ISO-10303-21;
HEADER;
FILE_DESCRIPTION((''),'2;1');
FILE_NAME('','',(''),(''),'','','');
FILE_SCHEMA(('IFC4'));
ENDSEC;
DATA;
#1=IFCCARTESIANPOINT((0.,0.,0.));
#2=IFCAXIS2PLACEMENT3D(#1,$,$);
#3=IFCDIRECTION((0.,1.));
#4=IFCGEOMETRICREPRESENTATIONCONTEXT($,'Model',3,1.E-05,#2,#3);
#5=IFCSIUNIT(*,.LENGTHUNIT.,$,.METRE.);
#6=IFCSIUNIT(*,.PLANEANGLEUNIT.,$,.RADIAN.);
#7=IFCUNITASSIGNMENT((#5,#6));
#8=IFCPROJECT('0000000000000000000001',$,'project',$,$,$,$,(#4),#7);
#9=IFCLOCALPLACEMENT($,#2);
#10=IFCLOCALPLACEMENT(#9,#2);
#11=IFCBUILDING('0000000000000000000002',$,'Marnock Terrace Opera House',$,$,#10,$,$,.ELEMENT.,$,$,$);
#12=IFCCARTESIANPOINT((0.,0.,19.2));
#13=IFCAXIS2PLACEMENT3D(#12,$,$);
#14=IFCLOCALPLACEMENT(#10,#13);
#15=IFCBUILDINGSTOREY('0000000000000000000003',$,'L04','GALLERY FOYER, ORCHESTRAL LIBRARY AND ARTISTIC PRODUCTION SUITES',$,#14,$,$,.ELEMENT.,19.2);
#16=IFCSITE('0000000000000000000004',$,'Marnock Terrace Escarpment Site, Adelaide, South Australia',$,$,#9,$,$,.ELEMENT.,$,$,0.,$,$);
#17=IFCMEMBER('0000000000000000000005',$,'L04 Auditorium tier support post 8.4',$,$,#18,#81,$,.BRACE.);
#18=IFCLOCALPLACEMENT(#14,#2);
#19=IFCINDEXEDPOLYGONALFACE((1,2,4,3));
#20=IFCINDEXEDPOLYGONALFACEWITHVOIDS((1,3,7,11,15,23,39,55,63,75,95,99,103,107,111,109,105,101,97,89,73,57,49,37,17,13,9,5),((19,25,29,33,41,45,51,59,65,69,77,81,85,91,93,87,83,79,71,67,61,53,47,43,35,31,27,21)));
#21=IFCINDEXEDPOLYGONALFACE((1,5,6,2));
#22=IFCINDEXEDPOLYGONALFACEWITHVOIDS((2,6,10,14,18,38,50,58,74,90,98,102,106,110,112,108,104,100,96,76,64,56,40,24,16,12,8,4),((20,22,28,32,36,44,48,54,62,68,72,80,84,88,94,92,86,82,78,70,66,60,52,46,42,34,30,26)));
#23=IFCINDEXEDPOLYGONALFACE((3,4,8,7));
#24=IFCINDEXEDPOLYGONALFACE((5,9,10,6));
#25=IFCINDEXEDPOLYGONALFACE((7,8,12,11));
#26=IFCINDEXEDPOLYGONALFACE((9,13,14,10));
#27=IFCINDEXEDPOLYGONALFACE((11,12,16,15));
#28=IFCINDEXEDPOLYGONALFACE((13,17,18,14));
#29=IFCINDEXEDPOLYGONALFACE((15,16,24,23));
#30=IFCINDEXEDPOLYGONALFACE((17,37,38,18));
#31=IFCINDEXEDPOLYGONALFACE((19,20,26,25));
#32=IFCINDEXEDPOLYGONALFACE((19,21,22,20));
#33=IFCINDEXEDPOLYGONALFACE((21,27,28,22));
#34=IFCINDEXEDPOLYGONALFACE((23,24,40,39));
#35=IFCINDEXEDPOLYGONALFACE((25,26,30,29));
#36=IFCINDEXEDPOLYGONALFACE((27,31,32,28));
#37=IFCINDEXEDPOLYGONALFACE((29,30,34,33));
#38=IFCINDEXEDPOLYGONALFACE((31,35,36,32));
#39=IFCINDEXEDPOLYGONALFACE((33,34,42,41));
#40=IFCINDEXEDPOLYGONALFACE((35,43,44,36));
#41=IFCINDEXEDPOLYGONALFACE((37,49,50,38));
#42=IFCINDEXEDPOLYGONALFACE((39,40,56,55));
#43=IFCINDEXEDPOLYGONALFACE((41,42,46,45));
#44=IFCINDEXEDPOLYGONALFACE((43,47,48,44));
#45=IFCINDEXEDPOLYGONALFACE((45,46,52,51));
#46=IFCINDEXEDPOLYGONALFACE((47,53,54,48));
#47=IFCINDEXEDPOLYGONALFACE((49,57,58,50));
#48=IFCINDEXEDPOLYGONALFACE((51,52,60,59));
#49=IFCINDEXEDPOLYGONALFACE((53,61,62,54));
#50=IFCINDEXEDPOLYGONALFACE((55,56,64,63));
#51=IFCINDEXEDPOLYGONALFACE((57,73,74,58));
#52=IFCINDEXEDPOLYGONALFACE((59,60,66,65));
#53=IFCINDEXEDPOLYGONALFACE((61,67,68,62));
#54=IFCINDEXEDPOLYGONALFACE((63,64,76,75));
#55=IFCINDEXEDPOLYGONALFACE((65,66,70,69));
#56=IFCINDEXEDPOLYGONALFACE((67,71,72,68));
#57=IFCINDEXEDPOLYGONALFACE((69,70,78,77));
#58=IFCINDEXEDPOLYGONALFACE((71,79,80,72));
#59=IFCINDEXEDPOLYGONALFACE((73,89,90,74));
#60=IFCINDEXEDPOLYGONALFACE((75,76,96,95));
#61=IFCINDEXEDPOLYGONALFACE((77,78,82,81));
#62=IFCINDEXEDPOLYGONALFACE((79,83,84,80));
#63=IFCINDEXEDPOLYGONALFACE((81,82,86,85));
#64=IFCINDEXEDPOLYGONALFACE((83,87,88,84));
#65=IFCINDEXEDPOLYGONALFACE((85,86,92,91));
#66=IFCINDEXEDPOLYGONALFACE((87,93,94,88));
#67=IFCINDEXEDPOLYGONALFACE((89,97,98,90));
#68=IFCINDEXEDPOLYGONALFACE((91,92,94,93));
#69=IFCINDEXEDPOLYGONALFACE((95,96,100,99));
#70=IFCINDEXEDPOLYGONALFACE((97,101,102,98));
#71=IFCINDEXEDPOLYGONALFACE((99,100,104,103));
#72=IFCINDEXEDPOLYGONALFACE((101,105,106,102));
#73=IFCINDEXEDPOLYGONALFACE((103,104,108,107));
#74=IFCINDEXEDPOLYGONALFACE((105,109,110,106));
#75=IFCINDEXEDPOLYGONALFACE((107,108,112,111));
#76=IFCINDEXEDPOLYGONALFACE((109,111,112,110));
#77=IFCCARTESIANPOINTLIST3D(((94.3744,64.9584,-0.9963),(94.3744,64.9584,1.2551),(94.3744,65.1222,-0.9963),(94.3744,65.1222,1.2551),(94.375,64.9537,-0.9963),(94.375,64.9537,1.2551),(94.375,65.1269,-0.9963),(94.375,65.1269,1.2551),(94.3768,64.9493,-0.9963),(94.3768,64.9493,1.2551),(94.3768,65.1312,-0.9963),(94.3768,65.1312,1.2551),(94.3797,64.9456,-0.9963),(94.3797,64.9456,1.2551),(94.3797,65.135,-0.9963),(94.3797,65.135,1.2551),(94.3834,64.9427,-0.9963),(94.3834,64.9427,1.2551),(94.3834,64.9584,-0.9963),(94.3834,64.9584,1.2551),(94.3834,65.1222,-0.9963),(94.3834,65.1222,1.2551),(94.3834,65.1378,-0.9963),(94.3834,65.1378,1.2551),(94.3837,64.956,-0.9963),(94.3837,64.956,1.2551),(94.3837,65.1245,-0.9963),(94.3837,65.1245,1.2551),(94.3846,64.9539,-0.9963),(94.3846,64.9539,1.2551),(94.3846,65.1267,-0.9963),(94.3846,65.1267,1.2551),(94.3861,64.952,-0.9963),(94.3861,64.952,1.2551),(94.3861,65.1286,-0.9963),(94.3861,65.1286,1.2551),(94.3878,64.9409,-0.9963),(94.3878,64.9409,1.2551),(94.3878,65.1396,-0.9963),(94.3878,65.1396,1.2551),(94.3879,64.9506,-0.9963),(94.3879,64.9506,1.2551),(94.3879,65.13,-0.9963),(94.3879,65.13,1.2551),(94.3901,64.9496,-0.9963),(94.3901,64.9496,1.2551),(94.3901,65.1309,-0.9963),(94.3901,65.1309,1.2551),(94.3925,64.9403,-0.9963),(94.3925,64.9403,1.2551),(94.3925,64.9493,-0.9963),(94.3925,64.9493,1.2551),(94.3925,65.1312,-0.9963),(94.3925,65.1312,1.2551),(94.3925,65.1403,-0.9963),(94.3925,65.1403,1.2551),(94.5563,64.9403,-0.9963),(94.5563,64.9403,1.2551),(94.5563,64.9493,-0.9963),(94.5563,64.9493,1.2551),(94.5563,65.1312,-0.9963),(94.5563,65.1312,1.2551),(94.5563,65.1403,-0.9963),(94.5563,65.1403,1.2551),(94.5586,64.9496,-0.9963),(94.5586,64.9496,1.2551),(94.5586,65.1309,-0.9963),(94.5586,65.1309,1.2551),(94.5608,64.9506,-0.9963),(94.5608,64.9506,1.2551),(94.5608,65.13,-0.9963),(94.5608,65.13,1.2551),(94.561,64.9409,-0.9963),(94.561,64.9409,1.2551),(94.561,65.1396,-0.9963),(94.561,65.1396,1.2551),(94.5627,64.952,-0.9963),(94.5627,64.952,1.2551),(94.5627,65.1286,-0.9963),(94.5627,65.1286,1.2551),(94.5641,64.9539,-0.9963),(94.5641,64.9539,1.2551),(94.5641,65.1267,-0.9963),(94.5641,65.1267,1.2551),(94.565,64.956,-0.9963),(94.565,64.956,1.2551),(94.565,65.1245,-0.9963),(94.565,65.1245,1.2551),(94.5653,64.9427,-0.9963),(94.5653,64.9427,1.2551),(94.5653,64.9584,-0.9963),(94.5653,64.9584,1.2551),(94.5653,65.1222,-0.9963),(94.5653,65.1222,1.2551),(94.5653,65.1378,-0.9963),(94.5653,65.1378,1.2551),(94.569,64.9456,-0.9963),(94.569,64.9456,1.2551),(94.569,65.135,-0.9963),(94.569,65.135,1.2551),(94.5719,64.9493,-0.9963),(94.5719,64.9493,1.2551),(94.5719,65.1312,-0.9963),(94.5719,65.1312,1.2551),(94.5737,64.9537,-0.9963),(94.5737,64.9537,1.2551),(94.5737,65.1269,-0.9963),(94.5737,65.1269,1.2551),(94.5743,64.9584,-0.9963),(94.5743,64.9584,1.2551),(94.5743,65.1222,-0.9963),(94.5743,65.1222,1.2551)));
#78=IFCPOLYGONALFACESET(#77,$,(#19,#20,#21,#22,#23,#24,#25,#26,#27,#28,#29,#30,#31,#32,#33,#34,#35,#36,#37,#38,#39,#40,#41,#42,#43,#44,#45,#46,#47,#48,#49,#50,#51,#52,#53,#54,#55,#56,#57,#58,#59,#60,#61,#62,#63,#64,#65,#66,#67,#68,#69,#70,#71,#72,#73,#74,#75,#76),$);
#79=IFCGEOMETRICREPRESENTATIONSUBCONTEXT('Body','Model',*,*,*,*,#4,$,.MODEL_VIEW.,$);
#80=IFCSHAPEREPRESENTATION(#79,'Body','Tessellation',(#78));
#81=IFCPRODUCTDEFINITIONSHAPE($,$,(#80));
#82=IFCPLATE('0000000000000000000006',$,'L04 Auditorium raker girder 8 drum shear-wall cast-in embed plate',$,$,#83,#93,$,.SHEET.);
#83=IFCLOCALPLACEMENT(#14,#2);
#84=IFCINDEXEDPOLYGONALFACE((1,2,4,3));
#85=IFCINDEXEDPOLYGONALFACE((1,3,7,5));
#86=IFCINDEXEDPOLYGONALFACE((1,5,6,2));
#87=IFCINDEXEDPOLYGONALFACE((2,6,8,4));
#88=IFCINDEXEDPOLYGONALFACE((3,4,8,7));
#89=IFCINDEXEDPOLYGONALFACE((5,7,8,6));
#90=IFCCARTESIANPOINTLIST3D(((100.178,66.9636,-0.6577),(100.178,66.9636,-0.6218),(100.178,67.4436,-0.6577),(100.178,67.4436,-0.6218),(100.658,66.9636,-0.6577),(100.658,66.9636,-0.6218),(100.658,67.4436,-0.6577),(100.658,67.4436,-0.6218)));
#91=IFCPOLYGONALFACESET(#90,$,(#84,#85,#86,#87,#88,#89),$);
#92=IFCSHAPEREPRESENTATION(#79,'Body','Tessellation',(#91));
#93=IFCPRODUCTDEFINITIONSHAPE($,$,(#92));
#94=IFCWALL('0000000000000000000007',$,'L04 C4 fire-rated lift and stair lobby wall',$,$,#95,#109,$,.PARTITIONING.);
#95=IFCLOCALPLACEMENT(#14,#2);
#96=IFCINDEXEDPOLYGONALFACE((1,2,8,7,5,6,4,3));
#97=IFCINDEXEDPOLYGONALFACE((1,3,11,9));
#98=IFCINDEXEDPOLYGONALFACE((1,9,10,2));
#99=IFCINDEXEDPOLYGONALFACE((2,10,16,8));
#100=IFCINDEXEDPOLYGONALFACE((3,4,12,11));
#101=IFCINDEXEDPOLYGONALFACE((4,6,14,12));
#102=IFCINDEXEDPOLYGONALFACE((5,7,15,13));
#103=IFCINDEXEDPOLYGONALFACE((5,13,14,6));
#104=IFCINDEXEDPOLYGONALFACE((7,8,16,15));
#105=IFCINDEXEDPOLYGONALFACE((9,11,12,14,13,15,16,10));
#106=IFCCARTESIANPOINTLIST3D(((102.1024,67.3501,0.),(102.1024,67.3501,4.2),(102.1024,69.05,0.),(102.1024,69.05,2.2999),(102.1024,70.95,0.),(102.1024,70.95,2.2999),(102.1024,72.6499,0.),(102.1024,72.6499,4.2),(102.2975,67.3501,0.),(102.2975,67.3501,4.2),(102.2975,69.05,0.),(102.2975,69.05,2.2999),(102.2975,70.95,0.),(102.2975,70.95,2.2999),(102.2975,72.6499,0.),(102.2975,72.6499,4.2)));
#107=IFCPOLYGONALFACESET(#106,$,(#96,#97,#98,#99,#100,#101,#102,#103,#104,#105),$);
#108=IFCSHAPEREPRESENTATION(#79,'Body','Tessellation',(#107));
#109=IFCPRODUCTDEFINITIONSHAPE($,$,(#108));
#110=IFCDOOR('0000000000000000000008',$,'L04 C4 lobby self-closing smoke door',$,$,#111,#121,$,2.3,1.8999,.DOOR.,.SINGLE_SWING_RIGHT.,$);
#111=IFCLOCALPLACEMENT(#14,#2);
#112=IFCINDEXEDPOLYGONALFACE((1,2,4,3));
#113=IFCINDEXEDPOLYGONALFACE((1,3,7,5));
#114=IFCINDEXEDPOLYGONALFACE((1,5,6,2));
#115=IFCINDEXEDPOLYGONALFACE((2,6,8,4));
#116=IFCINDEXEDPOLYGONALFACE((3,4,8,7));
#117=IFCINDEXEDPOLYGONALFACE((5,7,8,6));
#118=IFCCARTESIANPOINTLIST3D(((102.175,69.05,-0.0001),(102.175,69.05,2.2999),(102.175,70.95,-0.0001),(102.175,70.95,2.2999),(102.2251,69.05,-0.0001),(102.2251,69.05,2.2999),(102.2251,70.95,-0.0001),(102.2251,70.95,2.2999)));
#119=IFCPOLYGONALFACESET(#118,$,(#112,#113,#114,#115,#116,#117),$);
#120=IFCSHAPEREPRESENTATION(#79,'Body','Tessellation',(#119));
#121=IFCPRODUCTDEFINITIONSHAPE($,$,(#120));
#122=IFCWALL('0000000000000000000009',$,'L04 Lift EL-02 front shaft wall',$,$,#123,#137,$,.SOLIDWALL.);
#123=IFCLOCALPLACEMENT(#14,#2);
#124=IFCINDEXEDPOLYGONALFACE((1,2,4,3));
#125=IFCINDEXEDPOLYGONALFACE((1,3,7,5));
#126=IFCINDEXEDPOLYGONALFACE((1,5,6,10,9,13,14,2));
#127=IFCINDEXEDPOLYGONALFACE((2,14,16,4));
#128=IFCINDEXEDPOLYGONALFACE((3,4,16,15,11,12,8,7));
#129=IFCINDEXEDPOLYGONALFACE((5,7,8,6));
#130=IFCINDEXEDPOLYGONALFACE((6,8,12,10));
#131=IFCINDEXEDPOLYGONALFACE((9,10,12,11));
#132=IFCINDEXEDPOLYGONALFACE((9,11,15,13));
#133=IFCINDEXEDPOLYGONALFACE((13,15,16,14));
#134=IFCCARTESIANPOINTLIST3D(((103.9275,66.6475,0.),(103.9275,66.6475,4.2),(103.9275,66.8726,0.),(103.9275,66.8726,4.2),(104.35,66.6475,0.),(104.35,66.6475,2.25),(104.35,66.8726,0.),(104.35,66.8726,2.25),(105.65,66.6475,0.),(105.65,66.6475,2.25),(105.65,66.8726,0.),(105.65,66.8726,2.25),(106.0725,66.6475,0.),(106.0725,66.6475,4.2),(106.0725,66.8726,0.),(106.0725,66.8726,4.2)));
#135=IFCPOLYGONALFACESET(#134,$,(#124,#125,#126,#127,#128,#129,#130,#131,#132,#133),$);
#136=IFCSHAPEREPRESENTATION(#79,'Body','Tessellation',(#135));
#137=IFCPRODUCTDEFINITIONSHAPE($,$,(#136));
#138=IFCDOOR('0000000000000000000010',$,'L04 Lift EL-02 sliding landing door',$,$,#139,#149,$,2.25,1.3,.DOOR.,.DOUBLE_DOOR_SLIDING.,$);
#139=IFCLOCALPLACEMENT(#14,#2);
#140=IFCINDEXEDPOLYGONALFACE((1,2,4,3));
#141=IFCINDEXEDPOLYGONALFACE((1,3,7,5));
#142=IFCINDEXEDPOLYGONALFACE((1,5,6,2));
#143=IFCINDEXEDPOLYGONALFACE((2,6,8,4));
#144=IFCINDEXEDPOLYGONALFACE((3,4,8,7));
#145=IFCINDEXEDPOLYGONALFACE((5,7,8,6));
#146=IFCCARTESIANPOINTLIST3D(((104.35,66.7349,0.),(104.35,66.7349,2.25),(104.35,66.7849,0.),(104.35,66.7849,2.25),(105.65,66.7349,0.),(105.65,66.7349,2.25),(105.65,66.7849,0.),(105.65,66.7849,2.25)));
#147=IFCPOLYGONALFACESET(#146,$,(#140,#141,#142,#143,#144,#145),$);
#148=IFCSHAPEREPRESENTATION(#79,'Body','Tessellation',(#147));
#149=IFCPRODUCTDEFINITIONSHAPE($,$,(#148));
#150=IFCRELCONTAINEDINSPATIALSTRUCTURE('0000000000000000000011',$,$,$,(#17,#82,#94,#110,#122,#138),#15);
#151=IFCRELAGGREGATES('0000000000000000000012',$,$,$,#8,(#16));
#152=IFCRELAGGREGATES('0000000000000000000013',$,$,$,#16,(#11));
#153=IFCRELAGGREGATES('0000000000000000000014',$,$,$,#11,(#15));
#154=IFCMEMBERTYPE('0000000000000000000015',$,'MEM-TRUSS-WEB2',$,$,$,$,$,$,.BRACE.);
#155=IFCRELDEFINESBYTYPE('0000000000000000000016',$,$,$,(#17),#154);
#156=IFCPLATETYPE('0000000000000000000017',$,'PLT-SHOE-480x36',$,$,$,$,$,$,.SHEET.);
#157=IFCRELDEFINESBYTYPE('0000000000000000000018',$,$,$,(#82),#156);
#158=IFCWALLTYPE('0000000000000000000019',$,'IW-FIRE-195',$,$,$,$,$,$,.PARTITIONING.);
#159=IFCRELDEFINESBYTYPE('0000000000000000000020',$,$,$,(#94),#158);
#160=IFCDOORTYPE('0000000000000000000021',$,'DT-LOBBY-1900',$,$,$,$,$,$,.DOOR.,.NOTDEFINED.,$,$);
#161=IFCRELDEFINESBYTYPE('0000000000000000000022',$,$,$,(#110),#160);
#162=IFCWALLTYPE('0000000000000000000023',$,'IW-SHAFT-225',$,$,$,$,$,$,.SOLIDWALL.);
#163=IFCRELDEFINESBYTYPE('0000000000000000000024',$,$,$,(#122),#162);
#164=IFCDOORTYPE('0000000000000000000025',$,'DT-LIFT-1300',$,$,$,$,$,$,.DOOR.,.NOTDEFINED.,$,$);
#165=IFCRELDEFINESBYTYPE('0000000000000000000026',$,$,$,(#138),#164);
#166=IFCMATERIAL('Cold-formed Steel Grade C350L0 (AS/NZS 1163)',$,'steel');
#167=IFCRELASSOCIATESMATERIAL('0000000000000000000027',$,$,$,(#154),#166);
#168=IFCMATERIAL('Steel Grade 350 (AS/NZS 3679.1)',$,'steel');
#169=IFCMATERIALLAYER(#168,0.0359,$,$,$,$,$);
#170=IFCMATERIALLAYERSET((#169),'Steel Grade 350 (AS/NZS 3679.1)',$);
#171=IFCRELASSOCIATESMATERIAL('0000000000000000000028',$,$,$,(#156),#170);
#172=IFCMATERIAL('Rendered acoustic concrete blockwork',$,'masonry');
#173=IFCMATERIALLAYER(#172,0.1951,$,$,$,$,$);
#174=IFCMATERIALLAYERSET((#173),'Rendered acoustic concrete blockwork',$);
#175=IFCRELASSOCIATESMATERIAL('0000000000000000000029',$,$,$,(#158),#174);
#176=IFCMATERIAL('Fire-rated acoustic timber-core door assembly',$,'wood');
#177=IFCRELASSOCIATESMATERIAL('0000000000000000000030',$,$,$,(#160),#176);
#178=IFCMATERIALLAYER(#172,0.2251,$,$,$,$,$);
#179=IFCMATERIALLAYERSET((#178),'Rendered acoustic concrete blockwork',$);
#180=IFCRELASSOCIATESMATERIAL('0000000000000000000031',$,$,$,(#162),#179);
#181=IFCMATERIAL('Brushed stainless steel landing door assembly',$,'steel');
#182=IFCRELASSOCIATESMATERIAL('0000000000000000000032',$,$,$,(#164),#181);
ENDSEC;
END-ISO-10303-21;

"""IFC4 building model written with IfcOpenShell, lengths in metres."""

from ifc_helpers import new_model, si_unit, direction, frame, frame_2d, origin, origin_2d, place, context, subcontext, project, spatial, rectangle, hollow_rectangle, extrude, material, layer, layer_set, material_profile, profile_set, type_object, element, fill, save


model = new_model("IFC4")

# Units and contexts
model_context = context("Model", 3, precision=1e-05, world=origin(), true_north=direction((0.0, 1.0)))
body_context = subcontext(model_context, "Body", "Model", "MODEL_VIEW")
ifc_project = project(units=[si_unit("LENGTHUNIT", "METRE"), si_unit("PLANEANGLEUNIT", "RADIAN")], contexts=[model_context])

# Site, building, storey
site_placement = place(None, origin())
site = spatial("IfcSite", under=ifc_project, at=site_placement, Name="Marnock Terrace Escarpment Site, Adelaide, South Australia", CompositionType="ELEMENT", RefElevation=0.0)
building_placement = place(site_placement, origin())
building = spatial("IfcBuilding", under=site, at=building_placement, Name="Marnock Terrace Opera House", CompositionType="ELEMENT")
storey_placement = place(building_placement, frame((0.0, 0.0, 19.2)))
storey = spatial("IfcBuildingStorey", under=building, at=storey_placement, Name="L04", Description="GALLERY FOYER, ORCHESTRAL LIBRARY AND ARTISTIC PRODUCTION SUITES", CompositionType="ELEMENT", Elevation=19.2)

# Shared definitions
ifc_material_1 = material(Name="Steel Grade 350 (AS/NZS 3679.1)", Category="steel")

# Member
ifc_material_2 = material(Name="Cold-formed Steel Grade C350L0 (AS/NZS 1163)", Category="steel")
ifc_material_profile_1 = material_profile(ifc_material_2, hollow_rectangle(XDim=0.2, YDim=0.2, WallThickness=0.009, InnerFilletRadius=0.009, OuterFilletRadius=0.0181, at=origin_2d()))
ifc_profile_set_1 = profile_set([ifc_material_profile_1], Name="Cold-formed Steel Grade C350L0 (AS/NZS 1163)")
member_type_1 = type_object("IfcMemberType", Name="MEM-TRUSS-WEB2", PredefinedType="BRACE", material=ifc_profile_set_1)
member_1_placement = place(storey_placement, frame((94.4744, 65.0403, -0.9963), z_axis=(0.0, 0.0, 1.0), x_axis=(1.0, 0.0, 0.0)))
element("IfcMember", 1, at=member_1_placement, inside=storey, type_object=member_type_1, Name="L04 Auditorium tier support post 8.4", PredefinedType="BRACE", context=body_context, shape_type="SweptSolid", body=[
    extrude(hollow_rectangle(XDim=0.2, YDim=0.2, WallThickness=0.009, InnerFilletRadius=0.009, OuterFilletRadius=0.0181, at=origin_2d()), origin(), (0.0, 0.0, 1.0), 2.2515),
])

# Plate
ifc_layer_1 = layer(ifc_material_1, 0.0359)
ifc_layer_set_1 = layer_set([ifc_layer_1], Name="Steel Grade 350 (AS/NZS 3679.1)")
plate_type = type_object("IfcPlateType", Name="PLT-SHOE-480x36", PredefinedType="SHEET", material=ifc_layer_set_1)
plate_placement = place(storey_placement, frame((100.418, 67.2036, -0.6577), z_axis=(0.0, 0.0, 1.0), x_axis=(1.0, 0.0, 0.0)))
element("IfcPlate", 2, at=plate_placement, inside=storey, type_object=plate_type, Name="L04 Auditorium raker girder 8 drum shear-wall cast-in embed plate", PredefinedType="SHEET", context=body_context, shape_type="SweptSolid", body=[
    extrude(rectangle(XDim=0.48, YDim=0.48, at=origin_2d()), origin(), (0.0, 0.0, 1.0), 0.0359),
])

# Walls, openings, doors
ifc_material_3 = material(Name="Rendered acoustic concrete blockwork", Category="masonry")
ifc_layer_2 = layer(ifc_material_3, 0.1951)
ifc_layer_set_2 = layer_set([ifc_layer_2], Name="Rendered acoustic concrete blockwork")
wall_type_1 = type_object("IfcWallType", Name="IW-FIRE-195", PredefinedType="PARTITIONING", material=ifc_layer_set_2)
wall_1_placement = place(storey_placement, frame((102.2, 67.3501, 0.0), z_axis=(0.0, 0.0, 1.0), x_axis=(0.0, 1.0, 0.0)))
wall_1 = element("IfcWall", 3, at=wall_1_placement, inside=storey, type_object=wall_type_1, Name="L04 C4 fire-rated lift and stair lobby wall", PredefinedType="PARTITIONING", context=body_context, shape_type="SweptSolid", body=[
    extrude(rectangle(XDim=5.2998, YDim=0.1951, at=frame_2d((2.6499, 0.0))), origin(), (0.0, 0.0, 1.0), 4.2),
])
opening_1_placement = place(wall_1_placement, frame((1.7, 0.0, 0.0)))
opening_1 = element("IfcOpeningElement", 4, at=opening_1_placement, cuts=wall_1, PredefinedType="OPENING", context=body_context, shape_type="SweptSolid", body=[
    extrude(rectangle(XDim=1.8999, YDim=2.3, at=frame_2d((0.95, 1.1499))), frame((0.0, 0.1074, 0.0), z_axis=(0.0, -1.0, 0.0), x_axis=(1.0, 0.0, 0.0)), (0.0, 0.0, 1.0), 0.2151),
])
ifc_material_4 = material(Name="Fire-rated acoustic timber-core door assembly", Category="wood")
door_type_1 = type_object("IfcDoorType", Name="DT-LOBBY-1900", OperationType="NOTDEFINED", PredefinedType="DOOR", material=ifc_material_4)
door_1_placement = place(opening_1_placement, origin())
door_1 = element("IfcDoor", 5, at=door_1_placement, inside=storey, type_object=door_type_1, Name="L04 C4 lobby self-closing smoke door", OperationType="SINGLE_SWING_RIGHT", OverallHeight=2.3, OverallWidth=1.8999, PredefinedType="DOOR", context=body_context, shape_type="SweptSolid", body=[
    extrude(rectangle(XDim=1.8999, YDim=2.3, at=frame_2d((0.95, 1.1499))), frame((0.0, 0.0249, 0.0), z_axis=(0.0, -1.0, 0.0), x_axis=(1.0, 0.0, 0.0)), (0.0, 0.0, 1.0), 0.05),
])
fill(opening_1, door_1)
ifc_layer_3 = layer(ifc_material_3, 0.2251)
ifc_layer_set_3 = layer_set([ifc_layer_3], Name="Rendered acoustic concrete blockwork")
wall_type_2 = type_object("IfcWallType", Name="IW-SHAFT-225", PredefinedType="SOLIDWALL", material=ifc_layer_set_3)
wall_2_placement = place(storey_placement, frame((103.9275, 66.76, 0.0), z_axis=(0.0, 0.0, 1.0), x_axis=(1.0, 0.0, 0.0)))
wall_2 = element("IfcWall", 6, at=wall_2_placement, inside=storey, type_object=wall_type_2, Name="L04 Lift EL-02 front shaft wall", PredefinedType="SOLIDWALL", context=body_context, shape_type="SweptSolid", body=[
    extrude(rectangle(XDim=2.145, YDim=0.2251, at=frame_2d((1.0725, 0.0))), origin(), (0.0, 0.0, 1.0), 4.2),
])
opening_2_placement = place(wall_2_placement, frame((0.4226, 0.0, 0.0)))
opening_2 = element("IfcOpeningElement", 7, at=opening_2_placement, cuts=wall_2, PredefinedType="OPENING", context=body_context, shape_type="SweptSolid", body=[
    extrude(rectangle(XDim=1.3, YDim=2.25, at=frame_2d((0.6499, 1.125))), frame((0.0, 0.1226, 0.0), z_axis=(0.0, -1.0, 0.0), x_axis=(1.0, 0.0, 0.0)), (0.0, 0.0, 1.0), 0.2451),
])
ifc_material_5 = material(Name="Brushed stainless steel landing door assembly", Category="steel")
door_type_2 = type_object("IfcDoorType", Name="DT-LIFT-1300", OperationType="NOTDEFINED", PredefinedType="DOOR", material=ifc_material_5)
door_2_placement = place(opening_2_placement, origin())
door_2 = element("IfcDoor", 8, at=door_2_placement, inside=storey, type_object=door_type_2, Name="L04 Lift EL-02 sliding landing door", OperationType="DOUBLE_DOOR_SLIDING", OverallHeight=2.25, OverallWidth=1.3, PredefinedType="DOOR", context=body_context, shape_type="SweptSolid", body=[
    extrude(rectangle(XDim=1.3, YDim=2.25, at=frame_2d((0.6499, 1.125))), frame((0.0, 0.0249, 0.0), z_axis=(0.0, -1.0, 0.0), x_axis=(1.0, 0.0, 0.0)), (0.0, 0.0, 1.0), 0.05),
])
fill(opening_2, door_2)

save(model, "model.ifc")
